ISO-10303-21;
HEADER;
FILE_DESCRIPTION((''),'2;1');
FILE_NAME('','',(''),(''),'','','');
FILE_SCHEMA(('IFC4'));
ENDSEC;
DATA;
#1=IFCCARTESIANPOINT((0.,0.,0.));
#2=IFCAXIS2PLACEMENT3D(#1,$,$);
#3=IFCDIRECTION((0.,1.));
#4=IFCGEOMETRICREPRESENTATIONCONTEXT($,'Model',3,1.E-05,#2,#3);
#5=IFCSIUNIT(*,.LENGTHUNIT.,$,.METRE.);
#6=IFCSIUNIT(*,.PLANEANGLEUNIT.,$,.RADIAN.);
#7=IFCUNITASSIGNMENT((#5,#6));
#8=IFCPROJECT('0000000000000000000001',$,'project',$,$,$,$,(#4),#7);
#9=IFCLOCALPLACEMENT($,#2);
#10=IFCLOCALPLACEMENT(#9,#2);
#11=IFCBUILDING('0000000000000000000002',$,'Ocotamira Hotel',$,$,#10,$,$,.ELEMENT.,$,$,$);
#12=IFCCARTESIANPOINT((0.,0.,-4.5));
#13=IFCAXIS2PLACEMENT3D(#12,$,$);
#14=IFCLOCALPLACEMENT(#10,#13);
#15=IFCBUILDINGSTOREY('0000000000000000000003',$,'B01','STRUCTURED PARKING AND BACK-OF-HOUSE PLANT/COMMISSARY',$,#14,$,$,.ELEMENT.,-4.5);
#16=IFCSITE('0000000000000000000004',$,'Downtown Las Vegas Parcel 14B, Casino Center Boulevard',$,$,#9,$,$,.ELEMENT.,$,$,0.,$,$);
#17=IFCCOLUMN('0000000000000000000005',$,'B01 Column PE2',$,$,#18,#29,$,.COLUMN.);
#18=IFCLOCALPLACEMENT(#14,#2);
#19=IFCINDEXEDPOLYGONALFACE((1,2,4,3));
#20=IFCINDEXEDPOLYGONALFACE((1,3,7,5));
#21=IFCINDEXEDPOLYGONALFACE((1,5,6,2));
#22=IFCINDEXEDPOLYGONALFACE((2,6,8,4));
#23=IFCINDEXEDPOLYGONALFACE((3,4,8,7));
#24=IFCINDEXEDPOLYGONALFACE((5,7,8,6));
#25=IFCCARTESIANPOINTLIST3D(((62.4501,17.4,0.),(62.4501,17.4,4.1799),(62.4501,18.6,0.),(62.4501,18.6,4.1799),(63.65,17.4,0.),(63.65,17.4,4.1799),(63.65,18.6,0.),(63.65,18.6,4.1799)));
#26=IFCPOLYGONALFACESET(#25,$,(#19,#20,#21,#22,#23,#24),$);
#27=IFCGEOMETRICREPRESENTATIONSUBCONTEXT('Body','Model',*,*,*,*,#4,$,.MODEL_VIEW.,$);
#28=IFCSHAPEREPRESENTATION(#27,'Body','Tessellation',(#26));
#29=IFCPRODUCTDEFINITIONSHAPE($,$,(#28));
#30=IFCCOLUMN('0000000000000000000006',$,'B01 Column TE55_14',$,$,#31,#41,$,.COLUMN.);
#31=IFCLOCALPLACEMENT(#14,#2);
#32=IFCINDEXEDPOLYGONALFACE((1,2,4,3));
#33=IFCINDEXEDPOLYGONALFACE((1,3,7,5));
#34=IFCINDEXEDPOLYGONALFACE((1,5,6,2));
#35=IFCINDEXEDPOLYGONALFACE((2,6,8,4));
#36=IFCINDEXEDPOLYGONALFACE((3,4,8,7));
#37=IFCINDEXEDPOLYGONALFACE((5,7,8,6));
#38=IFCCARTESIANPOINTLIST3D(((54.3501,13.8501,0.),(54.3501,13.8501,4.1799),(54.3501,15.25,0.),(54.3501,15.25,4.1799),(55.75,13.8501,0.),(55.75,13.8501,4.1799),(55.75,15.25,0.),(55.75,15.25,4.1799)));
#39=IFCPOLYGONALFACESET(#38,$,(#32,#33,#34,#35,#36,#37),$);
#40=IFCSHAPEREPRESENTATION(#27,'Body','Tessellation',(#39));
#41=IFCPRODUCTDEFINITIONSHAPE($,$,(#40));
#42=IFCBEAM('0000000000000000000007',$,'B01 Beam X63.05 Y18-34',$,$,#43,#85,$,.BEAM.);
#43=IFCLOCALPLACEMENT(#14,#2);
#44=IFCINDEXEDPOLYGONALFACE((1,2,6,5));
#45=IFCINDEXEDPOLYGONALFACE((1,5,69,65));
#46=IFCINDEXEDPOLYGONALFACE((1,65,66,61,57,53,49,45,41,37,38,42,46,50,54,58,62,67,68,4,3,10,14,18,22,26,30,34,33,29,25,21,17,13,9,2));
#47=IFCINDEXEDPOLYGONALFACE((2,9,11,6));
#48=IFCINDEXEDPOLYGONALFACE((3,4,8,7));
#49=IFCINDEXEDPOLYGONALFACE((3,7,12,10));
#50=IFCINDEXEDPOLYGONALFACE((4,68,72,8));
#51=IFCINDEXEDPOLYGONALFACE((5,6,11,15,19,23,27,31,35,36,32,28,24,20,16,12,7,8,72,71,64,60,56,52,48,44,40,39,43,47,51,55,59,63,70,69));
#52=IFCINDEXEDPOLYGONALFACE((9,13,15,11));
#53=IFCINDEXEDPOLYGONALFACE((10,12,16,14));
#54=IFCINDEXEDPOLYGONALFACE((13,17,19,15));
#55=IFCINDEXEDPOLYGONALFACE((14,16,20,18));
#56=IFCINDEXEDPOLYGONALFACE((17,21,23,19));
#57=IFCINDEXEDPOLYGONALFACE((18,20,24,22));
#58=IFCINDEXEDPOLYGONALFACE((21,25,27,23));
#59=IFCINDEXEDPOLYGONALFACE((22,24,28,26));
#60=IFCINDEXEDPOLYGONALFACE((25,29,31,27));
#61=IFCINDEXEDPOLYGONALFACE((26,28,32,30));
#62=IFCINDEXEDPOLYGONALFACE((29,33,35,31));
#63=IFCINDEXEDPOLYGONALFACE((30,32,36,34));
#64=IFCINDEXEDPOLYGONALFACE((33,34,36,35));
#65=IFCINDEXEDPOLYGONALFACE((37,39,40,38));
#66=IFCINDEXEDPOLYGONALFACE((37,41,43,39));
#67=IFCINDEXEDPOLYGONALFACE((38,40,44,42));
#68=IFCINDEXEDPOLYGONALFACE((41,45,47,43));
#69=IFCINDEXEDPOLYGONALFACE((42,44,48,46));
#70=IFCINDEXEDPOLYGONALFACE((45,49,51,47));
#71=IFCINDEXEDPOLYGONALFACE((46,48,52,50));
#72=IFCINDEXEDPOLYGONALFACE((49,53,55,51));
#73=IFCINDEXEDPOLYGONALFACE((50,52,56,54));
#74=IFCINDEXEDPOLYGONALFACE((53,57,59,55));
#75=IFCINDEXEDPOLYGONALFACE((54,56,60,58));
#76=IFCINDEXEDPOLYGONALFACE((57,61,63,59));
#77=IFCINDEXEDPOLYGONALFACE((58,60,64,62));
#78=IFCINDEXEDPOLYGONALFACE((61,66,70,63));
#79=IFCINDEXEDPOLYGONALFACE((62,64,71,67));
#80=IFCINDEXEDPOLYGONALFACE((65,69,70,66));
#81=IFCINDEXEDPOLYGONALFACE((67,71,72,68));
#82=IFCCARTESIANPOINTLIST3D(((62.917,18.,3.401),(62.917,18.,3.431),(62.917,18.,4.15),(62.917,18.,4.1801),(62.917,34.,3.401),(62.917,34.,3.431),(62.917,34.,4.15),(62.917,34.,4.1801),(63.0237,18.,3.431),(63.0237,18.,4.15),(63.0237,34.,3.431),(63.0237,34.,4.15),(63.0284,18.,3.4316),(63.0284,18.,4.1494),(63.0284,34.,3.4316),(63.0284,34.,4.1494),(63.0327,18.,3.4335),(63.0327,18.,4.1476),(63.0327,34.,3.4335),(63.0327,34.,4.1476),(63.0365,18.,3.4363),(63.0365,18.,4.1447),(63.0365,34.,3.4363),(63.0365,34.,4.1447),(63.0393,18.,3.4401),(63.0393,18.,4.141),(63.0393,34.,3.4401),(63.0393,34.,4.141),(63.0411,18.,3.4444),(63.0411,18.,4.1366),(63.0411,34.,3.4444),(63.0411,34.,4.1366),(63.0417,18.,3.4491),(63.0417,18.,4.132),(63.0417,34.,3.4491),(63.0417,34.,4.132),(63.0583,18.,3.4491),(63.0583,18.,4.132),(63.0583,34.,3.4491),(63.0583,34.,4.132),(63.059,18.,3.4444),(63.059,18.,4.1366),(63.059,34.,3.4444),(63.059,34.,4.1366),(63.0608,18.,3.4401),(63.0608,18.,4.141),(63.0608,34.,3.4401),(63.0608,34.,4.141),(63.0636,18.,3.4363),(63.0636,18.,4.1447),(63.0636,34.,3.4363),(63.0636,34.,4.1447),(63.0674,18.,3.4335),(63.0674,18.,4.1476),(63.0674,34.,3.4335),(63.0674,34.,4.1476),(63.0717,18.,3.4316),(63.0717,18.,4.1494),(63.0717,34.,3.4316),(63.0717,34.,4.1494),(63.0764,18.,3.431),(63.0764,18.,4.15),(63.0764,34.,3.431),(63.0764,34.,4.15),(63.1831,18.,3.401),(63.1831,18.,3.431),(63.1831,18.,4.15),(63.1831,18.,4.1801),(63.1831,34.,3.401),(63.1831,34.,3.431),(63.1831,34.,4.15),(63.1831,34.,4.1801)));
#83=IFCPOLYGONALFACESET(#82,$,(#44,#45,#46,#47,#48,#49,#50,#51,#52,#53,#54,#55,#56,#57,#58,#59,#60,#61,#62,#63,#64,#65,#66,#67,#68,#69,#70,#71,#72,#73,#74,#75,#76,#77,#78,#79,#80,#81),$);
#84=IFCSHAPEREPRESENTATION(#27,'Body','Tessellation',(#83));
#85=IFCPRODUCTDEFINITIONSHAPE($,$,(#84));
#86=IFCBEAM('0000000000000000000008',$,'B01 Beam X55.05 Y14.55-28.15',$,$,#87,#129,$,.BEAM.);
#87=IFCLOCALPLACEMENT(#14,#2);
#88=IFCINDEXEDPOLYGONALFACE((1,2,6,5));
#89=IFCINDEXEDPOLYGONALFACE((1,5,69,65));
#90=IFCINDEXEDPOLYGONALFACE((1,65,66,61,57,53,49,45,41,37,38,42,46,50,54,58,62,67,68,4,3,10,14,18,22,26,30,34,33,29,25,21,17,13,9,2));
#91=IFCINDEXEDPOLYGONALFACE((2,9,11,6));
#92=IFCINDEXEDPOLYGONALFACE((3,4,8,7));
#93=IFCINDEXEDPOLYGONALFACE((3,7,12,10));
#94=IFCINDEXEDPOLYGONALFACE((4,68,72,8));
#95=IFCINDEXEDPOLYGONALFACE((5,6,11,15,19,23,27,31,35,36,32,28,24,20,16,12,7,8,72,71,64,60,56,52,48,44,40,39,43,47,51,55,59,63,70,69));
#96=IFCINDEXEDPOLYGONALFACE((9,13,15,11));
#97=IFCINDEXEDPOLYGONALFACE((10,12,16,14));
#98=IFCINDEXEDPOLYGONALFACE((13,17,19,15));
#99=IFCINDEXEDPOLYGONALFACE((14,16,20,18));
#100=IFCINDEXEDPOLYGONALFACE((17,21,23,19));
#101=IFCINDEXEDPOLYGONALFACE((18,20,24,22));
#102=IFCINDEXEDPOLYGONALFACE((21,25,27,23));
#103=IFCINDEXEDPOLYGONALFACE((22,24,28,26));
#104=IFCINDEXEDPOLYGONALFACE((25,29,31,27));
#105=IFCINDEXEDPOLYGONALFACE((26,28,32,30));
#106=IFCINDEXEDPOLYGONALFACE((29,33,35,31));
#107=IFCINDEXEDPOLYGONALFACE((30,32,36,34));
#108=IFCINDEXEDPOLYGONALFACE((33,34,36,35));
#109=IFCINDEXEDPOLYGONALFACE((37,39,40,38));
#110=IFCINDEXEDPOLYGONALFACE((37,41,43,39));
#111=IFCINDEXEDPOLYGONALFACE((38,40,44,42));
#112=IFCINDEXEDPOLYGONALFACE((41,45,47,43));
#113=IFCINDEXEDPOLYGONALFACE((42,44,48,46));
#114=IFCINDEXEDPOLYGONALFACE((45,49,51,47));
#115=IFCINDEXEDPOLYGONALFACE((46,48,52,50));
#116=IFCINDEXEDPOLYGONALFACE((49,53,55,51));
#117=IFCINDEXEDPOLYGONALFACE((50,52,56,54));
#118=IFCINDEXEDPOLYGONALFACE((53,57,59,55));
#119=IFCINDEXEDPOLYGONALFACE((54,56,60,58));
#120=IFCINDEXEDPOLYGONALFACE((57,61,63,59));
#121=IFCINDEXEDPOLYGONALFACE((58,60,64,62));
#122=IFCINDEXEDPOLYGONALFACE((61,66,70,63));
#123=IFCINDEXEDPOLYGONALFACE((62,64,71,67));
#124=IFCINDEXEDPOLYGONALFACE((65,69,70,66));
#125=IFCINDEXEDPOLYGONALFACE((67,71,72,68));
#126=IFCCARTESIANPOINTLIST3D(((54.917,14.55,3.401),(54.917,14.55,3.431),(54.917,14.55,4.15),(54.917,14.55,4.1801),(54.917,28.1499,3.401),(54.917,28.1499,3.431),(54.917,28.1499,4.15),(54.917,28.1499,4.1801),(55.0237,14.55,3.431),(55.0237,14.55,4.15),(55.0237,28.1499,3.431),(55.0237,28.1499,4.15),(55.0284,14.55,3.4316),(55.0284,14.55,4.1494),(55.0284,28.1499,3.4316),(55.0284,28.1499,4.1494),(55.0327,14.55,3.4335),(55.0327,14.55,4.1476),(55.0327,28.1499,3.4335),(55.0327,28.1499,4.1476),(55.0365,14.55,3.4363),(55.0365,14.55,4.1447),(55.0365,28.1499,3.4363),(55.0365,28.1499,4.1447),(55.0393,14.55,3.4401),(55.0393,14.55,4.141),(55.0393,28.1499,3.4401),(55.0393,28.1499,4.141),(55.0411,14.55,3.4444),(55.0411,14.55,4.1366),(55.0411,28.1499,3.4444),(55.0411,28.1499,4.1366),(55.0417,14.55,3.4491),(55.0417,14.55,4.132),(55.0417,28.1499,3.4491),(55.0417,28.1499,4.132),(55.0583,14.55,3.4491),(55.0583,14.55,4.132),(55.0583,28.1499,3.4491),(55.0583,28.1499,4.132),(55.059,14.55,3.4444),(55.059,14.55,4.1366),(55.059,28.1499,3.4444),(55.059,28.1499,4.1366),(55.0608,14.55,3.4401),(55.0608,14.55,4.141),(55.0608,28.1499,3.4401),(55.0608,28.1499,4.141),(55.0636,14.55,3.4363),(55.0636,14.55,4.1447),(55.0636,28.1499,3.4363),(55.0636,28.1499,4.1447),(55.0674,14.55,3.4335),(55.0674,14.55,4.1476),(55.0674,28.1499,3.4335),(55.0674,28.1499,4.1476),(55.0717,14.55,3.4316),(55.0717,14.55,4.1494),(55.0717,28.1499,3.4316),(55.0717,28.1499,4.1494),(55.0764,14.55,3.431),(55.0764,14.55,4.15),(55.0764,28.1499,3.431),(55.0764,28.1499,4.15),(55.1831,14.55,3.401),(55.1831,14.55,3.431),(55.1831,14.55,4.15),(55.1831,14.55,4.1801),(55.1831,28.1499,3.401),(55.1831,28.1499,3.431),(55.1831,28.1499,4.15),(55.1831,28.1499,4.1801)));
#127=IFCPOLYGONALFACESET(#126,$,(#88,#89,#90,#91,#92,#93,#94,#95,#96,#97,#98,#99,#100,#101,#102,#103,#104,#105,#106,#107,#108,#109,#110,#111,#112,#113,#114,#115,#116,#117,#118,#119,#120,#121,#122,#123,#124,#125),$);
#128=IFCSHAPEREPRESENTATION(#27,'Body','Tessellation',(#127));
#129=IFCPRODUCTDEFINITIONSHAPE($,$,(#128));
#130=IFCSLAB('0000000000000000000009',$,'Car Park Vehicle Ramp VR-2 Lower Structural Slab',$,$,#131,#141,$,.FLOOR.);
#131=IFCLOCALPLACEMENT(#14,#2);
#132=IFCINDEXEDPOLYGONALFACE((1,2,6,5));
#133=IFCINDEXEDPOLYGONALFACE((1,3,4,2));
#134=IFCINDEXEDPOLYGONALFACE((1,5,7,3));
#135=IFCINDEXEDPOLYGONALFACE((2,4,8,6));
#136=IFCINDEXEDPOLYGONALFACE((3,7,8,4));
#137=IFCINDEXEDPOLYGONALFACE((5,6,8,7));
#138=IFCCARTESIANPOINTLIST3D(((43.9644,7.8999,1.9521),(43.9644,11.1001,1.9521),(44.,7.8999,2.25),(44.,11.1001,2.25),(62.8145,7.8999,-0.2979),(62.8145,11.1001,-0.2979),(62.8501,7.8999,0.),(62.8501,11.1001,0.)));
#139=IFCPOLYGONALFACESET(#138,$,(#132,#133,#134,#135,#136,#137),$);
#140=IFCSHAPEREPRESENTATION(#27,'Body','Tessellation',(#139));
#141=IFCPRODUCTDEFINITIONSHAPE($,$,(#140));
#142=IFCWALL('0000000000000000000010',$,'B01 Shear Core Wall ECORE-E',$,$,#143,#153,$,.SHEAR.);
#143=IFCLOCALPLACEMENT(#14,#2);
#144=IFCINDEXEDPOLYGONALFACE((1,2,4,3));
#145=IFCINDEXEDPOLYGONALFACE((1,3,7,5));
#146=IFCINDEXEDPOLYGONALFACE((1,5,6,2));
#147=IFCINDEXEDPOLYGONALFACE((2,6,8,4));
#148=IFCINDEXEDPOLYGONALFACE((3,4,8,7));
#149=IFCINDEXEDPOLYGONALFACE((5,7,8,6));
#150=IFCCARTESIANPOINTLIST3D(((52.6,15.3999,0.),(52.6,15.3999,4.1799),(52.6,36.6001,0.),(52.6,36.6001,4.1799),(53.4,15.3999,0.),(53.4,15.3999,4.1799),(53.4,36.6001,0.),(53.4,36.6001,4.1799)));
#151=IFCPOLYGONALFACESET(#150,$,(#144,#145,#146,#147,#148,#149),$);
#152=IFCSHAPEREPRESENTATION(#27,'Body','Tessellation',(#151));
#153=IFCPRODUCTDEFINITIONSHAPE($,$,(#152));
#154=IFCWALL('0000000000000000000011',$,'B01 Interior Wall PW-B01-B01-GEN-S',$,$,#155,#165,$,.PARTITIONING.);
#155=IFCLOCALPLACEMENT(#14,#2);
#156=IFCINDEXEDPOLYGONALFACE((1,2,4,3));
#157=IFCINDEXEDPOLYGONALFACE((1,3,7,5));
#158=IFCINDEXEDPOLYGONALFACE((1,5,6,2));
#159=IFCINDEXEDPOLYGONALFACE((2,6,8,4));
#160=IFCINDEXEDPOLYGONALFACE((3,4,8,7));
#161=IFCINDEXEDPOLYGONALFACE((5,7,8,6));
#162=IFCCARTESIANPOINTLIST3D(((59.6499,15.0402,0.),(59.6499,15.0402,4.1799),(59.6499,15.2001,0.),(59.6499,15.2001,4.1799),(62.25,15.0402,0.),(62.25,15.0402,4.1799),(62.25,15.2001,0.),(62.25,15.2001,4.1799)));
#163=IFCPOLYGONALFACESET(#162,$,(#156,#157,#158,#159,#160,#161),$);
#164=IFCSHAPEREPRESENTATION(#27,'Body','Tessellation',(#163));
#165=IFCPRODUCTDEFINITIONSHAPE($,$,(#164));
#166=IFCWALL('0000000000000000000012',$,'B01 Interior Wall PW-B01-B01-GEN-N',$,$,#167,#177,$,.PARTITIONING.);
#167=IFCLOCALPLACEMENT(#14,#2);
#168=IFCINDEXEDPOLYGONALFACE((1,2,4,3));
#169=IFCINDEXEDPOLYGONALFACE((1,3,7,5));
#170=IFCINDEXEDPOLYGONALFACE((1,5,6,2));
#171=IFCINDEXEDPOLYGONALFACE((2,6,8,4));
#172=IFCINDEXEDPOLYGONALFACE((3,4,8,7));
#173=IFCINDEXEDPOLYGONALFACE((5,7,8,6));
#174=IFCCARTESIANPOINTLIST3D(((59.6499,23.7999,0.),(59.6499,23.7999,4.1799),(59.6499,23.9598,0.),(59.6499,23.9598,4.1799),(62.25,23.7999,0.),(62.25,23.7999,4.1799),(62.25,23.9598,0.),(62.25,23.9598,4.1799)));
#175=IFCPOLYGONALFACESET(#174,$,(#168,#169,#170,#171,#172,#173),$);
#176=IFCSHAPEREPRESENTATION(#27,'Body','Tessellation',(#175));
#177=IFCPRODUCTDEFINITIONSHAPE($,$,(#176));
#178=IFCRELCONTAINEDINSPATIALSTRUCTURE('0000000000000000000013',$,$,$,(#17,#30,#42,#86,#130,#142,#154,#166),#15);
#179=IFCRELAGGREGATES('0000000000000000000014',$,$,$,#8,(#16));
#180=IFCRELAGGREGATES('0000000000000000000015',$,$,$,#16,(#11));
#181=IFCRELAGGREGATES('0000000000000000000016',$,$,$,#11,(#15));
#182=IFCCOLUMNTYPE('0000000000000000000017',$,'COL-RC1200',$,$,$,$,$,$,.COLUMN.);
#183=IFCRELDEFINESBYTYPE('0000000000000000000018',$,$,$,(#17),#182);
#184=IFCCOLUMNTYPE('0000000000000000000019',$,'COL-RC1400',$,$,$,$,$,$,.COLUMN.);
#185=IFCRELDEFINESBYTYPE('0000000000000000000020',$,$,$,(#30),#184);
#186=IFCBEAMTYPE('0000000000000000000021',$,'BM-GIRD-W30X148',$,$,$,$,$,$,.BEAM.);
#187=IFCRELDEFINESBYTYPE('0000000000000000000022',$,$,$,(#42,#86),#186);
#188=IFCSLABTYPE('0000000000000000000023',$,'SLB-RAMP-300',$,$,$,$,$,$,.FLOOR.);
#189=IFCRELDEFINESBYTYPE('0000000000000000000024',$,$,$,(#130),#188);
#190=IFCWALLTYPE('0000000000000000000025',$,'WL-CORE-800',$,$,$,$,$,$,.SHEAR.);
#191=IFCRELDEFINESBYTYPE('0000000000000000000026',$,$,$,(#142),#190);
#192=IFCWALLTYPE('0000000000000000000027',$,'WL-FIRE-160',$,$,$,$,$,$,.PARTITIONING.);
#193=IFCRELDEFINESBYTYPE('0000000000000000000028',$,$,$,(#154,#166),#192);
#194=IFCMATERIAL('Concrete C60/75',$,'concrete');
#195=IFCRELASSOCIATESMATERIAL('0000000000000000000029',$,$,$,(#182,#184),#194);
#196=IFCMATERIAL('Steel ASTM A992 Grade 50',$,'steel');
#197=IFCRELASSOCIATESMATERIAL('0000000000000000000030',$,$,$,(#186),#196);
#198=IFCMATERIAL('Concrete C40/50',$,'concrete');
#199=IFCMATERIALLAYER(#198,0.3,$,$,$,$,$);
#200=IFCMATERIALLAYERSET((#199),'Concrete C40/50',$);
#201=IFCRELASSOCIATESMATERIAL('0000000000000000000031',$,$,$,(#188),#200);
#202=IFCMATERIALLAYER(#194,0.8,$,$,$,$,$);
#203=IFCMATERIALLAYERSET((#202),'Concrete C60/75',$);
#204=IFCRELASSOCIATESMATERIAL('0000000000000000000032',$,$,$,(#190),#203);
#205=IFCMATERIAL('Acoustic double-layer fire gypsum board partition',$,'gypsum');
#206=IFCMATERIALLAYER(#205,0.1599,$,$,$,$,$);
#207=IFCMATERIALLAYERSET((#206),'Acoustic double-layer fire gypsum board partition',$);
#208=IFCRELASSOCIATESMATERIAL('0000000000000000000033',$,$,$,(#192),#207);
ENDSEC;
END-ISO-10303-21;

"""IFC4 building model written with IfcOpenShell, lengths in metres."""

from ifc_helpers import new_model, si_unit, direction, frame, frame_2d, origin, origin_2d, place, context, subcontext, project, spatial, polyline, rectangle, i_section, outline, extrude, source, transform, mapped, material, layer, layer_set, material_profile, profile_set, type_object, element, save


model = new_model("IFC4")

# Units and contexts
model_context = context("Model", 3, precision=1e-05, world=origin(), true_north=direction((0.0, 1.0)))
body_context = subcontext(model_context, "Body", "Model", "MODEL_VIEW")
ifc_project = project(units=[si_unit("LENGTHUNIT", "METRE"), si_unit("PLANEANGLEUNIT", "RADIAN")], contexts=[model_context])

# Site, building, storey
site_placement = place(None, origin())
site = spatial("IfcSite", under=ifc_project, at=site_placement, Name="Downtown Las Vegas Parcel 14B, Casino Center Boulevard", CompositionType="ELEMENT", RefElevation=0.0)
building_placement = place(site_placement, origin())
building = spatial("IfcBuilding", under=site, at=building_placement, Name="Ocotamira Hotel", CompositionType="ELEMENT")
storey_placement = place(building_placement, frame((0.0, 0.0, -4.5)))
storey = spatial("IfcBuildingStorey", under=building, at=storey_placement, Name="B01", Description="STRUCTURED PARKING AND BACK-OF-HOUSE PLANT/COMMISSARY", CompositionType="ELEMENT", Elevation=-4.5)

# Columns
ifc_material_1 = material(Name="Concrete C60/75", Category="concrete")
ifc_material_profile_1 = material_profile(ifc_material_1, rectangle(XDim=1.2, YDim=1.2, at=origin_2d()), Name="RC1200X1200")
ifc_profile_set_1 = profile_set([ifc_material_profile_1], Name="Concrete C60/75")
column_type_1 = type_object("IfcColumnType", Name="COL-RC1200", PredefinedType="COLUMN", material=ifc_profile_set_1)
shared_shape_1 = source(origin(), body_context, "Body", "SweptSolid", [
    extrude(rectangle(XDim=1.2, YDim=1.2, at=origin_2d()), origin(), (0.0, 0.0, 1.0), 4.1799),
])
column_1_placement = place(storey_placement, frame((63.05, 18.0, 0.0), z_axis=(0.0, 0.0, 1.0), x_axis=(1.0, 0.0, 0.0)))
element("IfcColumn", 1, at=column_1_placement, inside=storey, type_object=column_type_1, Name="B01 Column PE2", PredefinedType="COLUMN", context=body_context, shape_type="MappedRepresentation", body=[
    mapped(shared_shape_1, transform((0.0, 0.0, 0.0), scale=1.0)),
])
ifc_material_profile_2 = material_profile(ifc_material_1, rectangle(XDim=1.3999, YDim=1.3999, at=origin_2d()), Name="RC1400X1400")
ifc_profile_set_2 = profile_set([ifc_material_profile_2], Name="Concrete C60/75")
column_type_2 = type_object("IfcColumnType", Name="COL-RC1400", PredefinedType="COLUMN", material=ifc_profile_set_2)
shared_shape_2 = source(origin(), body_context, "Body", "SweptSolid", [
    extrude(rectangle(XDim=1.3999, YDim=1.3999, at=origin_2d()), origin(), (0.0, 0.0, 1.0), 4.1799),
])
column_2_placement = place(storey_placement, frame((55.05, 14.55, 0.0), z_axis=(0.0, 0.0, 1.0), x_axis=(1.0, 0.0, 0.0)))
element("IfcColumn", 2, at=column_2_placement, inside=storey, type_object=column_type_2, Name="B01 Column TE55_14", PredefinedType="COLUMN", context=body_context, shape_type="MappedRepresentation", body=[
    mapped(shared_shape_2, transform((0.0, 0.0, 0.0), scale=1.0)),
])

# Beams
ifc_material_2 = material(Name="Steel ASTM A992 Grade 50", Category="steel")
ifc_material_profile_3 = material_profile(ifc_material_2, i_section(OverallWidth=0.2661, OverallDepth=0.7791, WebThickness=0.0166, FlangeThickness=0.03, FilletRadius=0.0181, at=origin_2d()), Name="W30X148")
ifc_profile_set_3 = profile_set([ifc_material_profile_3], Name="Steel ASTM A992 Grade 50")
beam_type = type_object("IfcBeamType", Name="BM-GIRD-W30X148", PredefinedType="BEAM", material=ifc_profile_set_3)
shared_shape_3 = source(origin(), body_context, "Body", "SweptSolid", [
    extrude(i_section(OverallWidth=0.2661, OverallDepth=0.7791, WebThickness=0.0166, FlangeThickness=0.03, FilletRadius=0.0181, at=origin_2d()), origin(), (0.0, 0.0, 1.0), 16.0),
])
beam_1_placement = place(storey_placement, frame((63.05, 18.0, 3.7905), z_axis=(0.0, 1.0, 0.0), x_axis=(-1.0, 0.0, 0.0)))
element("IfcBeam", 3, at=beam_1_placement, inside=storey, type_object=beam_type, Name="B01 Beam X63.05 Y18-34", PredefinedType="BEAM", context=body_context, shape_type="MappedRepresentation", body=[
    mapped(shared_shape_3, transform((0.0, 0.0, 0.0), scale=1.0)),
])
shared_shape_4 = source(origin(), body_context, "Body", "SweptSolid", [
    extrude(i_section(OverallWidth=0.2661, OverallDepth=0.7791, WebThickness=0.0166, FlangeThickness=0.03, FilletRadius=0.0181, at=origin_2d()), origin(), (0.0, 0.0, 1.0), 13.5999),
])
beam_2_placement = place(storey_placement, frame((55.05, 14.55, 3.7905), z_axis=(0.0, 1.0, 0.0), x_axis=(-1.0, 0.0, 0.0)))
element("IfcBeam", 4, at=beam_2_placement, inside=storey, type_object=beam_type, Name="B01 Beam X55.05 Y14.55-28.15", PredefinedType="BEAM", context=body_context, shape_type="MappedRepresentation", body=[
    mapped(shared_shape_4, transform((0.0, 0.0, 0.0), scale=1.0)),
])

# Slab
ifc_material_3 = material(Name="Concrete C40/50", Category="concrete")
ifc_layer_1 = layer(ifc_material_3, 0.3)
ifc_layer_set_1 = layer_set([ifc_layer_1], Name="Concrete C40/50")
slab_type = type_object("IfcSlabType", Name="SLB-RAMP-300", PredefinedType="FLOOR", material=ifc_layer_set_1)
slab_placement = place(storey_placement, frame((62.8501, 7.8999, 0.0), z_axis=(0.118521, 0.0, 0.992951), x_axis=(-0.992951, 0.0, 0.118521)))
element("IfcSlab", 5, at=slab_placement, inside=storey, type_object=slab_type, Name="Car Park Vehicle Ramp VR-2 Lower Structural Slab", PredefinedType="FLOOR", context=body_context, shape_type="SweptSolid", body=[
    extrude(outline(polyline([(0.0, 0.0), (18.9839, 0.0), (18.9839, -3.2002), (0.0, -3.2002), (0.0, 0.0)])), origin(), (0.0, 0.0, -1.0), 0.3),
])

# Walls
ifc_layer_2 = layer(ifc_material_1, 0.8)
ifc_layer_set_2 = layer_set([ifc_layer_2], Name="Concrete C60/75")
wall_type_1 = type_object("IfcWallType", Name="WL-CORE-800", PredefinedType="SHEAR", material=ifc_layer_set_2)
wall_1_placement = place(storey_placement, frame((53.0, 15.3999, 0.0), z_axis=(0.0, 0.0, 1.0), x_axis=(0.0, 1.0, 0.0)))
element("IfcWall", 6, at=wall_1_placement, inside=storey, type_object=wall_type_1, Name="B01 Shear Core Wall ECORE-E", PredefinedType="SHEAR", context=body_context, shape_type="SweptSolid", body=[
    extrude(rectangle(XDim=21.2002, YDim=0.8, at=frame_2d((10.6001, 0.0))), origin(), (0.0, 0.0, 1.0), 4.1799),
])
ifc_material_4 = material(Name="Acoustic double-layer fire gypsum board partition", Category="gypsum")
ifc_layer_3 = layer(ifc_material_4, 0.1599)
ifc_layer_set_3 = layer_set([ifc_layer_3], Name="Acoustic double-layer fire gypsum board partition")
wall_type_2 = type_object("IfcWallType", Name="WL-FIRE-160", PredefinedType="PARTITIONING", material=ifc_layer_set_3)
for number, where, z_axis, x_axis, name in (
    (7, (59.6499, 15.1201, 0.0), (0.0, 0.0, 1.0), (1.0, 0.0, 0.0), "B01 Interior Wall PW-B01-B01-GEN-S"),
    (8, (59.6499, 23.8799, 0.0), (0.0, 0.0, 1.0), (1.0, 0.0, 0.0), "B01 Interior Wall PW-B01-B01-GEN-N"),
):
    element("IfcWall", number, at=place(storey_placement, frame(where, z_axis=z_axis, x_axis=x_axis)), inside=storey, type_object=wall_type_2, Name=name, PredefinedType="PARTITIONING", context=body_context, shape_type="SweptSolid", body=[
        extrude(rectangle(XDim=2.6001, YDim=0.1599, at=frame_2d((1.3, 0.0))), origin(), (0.0, 0.0, 1.0), 4.1799),
    ])

save(model, "model.ifc")
